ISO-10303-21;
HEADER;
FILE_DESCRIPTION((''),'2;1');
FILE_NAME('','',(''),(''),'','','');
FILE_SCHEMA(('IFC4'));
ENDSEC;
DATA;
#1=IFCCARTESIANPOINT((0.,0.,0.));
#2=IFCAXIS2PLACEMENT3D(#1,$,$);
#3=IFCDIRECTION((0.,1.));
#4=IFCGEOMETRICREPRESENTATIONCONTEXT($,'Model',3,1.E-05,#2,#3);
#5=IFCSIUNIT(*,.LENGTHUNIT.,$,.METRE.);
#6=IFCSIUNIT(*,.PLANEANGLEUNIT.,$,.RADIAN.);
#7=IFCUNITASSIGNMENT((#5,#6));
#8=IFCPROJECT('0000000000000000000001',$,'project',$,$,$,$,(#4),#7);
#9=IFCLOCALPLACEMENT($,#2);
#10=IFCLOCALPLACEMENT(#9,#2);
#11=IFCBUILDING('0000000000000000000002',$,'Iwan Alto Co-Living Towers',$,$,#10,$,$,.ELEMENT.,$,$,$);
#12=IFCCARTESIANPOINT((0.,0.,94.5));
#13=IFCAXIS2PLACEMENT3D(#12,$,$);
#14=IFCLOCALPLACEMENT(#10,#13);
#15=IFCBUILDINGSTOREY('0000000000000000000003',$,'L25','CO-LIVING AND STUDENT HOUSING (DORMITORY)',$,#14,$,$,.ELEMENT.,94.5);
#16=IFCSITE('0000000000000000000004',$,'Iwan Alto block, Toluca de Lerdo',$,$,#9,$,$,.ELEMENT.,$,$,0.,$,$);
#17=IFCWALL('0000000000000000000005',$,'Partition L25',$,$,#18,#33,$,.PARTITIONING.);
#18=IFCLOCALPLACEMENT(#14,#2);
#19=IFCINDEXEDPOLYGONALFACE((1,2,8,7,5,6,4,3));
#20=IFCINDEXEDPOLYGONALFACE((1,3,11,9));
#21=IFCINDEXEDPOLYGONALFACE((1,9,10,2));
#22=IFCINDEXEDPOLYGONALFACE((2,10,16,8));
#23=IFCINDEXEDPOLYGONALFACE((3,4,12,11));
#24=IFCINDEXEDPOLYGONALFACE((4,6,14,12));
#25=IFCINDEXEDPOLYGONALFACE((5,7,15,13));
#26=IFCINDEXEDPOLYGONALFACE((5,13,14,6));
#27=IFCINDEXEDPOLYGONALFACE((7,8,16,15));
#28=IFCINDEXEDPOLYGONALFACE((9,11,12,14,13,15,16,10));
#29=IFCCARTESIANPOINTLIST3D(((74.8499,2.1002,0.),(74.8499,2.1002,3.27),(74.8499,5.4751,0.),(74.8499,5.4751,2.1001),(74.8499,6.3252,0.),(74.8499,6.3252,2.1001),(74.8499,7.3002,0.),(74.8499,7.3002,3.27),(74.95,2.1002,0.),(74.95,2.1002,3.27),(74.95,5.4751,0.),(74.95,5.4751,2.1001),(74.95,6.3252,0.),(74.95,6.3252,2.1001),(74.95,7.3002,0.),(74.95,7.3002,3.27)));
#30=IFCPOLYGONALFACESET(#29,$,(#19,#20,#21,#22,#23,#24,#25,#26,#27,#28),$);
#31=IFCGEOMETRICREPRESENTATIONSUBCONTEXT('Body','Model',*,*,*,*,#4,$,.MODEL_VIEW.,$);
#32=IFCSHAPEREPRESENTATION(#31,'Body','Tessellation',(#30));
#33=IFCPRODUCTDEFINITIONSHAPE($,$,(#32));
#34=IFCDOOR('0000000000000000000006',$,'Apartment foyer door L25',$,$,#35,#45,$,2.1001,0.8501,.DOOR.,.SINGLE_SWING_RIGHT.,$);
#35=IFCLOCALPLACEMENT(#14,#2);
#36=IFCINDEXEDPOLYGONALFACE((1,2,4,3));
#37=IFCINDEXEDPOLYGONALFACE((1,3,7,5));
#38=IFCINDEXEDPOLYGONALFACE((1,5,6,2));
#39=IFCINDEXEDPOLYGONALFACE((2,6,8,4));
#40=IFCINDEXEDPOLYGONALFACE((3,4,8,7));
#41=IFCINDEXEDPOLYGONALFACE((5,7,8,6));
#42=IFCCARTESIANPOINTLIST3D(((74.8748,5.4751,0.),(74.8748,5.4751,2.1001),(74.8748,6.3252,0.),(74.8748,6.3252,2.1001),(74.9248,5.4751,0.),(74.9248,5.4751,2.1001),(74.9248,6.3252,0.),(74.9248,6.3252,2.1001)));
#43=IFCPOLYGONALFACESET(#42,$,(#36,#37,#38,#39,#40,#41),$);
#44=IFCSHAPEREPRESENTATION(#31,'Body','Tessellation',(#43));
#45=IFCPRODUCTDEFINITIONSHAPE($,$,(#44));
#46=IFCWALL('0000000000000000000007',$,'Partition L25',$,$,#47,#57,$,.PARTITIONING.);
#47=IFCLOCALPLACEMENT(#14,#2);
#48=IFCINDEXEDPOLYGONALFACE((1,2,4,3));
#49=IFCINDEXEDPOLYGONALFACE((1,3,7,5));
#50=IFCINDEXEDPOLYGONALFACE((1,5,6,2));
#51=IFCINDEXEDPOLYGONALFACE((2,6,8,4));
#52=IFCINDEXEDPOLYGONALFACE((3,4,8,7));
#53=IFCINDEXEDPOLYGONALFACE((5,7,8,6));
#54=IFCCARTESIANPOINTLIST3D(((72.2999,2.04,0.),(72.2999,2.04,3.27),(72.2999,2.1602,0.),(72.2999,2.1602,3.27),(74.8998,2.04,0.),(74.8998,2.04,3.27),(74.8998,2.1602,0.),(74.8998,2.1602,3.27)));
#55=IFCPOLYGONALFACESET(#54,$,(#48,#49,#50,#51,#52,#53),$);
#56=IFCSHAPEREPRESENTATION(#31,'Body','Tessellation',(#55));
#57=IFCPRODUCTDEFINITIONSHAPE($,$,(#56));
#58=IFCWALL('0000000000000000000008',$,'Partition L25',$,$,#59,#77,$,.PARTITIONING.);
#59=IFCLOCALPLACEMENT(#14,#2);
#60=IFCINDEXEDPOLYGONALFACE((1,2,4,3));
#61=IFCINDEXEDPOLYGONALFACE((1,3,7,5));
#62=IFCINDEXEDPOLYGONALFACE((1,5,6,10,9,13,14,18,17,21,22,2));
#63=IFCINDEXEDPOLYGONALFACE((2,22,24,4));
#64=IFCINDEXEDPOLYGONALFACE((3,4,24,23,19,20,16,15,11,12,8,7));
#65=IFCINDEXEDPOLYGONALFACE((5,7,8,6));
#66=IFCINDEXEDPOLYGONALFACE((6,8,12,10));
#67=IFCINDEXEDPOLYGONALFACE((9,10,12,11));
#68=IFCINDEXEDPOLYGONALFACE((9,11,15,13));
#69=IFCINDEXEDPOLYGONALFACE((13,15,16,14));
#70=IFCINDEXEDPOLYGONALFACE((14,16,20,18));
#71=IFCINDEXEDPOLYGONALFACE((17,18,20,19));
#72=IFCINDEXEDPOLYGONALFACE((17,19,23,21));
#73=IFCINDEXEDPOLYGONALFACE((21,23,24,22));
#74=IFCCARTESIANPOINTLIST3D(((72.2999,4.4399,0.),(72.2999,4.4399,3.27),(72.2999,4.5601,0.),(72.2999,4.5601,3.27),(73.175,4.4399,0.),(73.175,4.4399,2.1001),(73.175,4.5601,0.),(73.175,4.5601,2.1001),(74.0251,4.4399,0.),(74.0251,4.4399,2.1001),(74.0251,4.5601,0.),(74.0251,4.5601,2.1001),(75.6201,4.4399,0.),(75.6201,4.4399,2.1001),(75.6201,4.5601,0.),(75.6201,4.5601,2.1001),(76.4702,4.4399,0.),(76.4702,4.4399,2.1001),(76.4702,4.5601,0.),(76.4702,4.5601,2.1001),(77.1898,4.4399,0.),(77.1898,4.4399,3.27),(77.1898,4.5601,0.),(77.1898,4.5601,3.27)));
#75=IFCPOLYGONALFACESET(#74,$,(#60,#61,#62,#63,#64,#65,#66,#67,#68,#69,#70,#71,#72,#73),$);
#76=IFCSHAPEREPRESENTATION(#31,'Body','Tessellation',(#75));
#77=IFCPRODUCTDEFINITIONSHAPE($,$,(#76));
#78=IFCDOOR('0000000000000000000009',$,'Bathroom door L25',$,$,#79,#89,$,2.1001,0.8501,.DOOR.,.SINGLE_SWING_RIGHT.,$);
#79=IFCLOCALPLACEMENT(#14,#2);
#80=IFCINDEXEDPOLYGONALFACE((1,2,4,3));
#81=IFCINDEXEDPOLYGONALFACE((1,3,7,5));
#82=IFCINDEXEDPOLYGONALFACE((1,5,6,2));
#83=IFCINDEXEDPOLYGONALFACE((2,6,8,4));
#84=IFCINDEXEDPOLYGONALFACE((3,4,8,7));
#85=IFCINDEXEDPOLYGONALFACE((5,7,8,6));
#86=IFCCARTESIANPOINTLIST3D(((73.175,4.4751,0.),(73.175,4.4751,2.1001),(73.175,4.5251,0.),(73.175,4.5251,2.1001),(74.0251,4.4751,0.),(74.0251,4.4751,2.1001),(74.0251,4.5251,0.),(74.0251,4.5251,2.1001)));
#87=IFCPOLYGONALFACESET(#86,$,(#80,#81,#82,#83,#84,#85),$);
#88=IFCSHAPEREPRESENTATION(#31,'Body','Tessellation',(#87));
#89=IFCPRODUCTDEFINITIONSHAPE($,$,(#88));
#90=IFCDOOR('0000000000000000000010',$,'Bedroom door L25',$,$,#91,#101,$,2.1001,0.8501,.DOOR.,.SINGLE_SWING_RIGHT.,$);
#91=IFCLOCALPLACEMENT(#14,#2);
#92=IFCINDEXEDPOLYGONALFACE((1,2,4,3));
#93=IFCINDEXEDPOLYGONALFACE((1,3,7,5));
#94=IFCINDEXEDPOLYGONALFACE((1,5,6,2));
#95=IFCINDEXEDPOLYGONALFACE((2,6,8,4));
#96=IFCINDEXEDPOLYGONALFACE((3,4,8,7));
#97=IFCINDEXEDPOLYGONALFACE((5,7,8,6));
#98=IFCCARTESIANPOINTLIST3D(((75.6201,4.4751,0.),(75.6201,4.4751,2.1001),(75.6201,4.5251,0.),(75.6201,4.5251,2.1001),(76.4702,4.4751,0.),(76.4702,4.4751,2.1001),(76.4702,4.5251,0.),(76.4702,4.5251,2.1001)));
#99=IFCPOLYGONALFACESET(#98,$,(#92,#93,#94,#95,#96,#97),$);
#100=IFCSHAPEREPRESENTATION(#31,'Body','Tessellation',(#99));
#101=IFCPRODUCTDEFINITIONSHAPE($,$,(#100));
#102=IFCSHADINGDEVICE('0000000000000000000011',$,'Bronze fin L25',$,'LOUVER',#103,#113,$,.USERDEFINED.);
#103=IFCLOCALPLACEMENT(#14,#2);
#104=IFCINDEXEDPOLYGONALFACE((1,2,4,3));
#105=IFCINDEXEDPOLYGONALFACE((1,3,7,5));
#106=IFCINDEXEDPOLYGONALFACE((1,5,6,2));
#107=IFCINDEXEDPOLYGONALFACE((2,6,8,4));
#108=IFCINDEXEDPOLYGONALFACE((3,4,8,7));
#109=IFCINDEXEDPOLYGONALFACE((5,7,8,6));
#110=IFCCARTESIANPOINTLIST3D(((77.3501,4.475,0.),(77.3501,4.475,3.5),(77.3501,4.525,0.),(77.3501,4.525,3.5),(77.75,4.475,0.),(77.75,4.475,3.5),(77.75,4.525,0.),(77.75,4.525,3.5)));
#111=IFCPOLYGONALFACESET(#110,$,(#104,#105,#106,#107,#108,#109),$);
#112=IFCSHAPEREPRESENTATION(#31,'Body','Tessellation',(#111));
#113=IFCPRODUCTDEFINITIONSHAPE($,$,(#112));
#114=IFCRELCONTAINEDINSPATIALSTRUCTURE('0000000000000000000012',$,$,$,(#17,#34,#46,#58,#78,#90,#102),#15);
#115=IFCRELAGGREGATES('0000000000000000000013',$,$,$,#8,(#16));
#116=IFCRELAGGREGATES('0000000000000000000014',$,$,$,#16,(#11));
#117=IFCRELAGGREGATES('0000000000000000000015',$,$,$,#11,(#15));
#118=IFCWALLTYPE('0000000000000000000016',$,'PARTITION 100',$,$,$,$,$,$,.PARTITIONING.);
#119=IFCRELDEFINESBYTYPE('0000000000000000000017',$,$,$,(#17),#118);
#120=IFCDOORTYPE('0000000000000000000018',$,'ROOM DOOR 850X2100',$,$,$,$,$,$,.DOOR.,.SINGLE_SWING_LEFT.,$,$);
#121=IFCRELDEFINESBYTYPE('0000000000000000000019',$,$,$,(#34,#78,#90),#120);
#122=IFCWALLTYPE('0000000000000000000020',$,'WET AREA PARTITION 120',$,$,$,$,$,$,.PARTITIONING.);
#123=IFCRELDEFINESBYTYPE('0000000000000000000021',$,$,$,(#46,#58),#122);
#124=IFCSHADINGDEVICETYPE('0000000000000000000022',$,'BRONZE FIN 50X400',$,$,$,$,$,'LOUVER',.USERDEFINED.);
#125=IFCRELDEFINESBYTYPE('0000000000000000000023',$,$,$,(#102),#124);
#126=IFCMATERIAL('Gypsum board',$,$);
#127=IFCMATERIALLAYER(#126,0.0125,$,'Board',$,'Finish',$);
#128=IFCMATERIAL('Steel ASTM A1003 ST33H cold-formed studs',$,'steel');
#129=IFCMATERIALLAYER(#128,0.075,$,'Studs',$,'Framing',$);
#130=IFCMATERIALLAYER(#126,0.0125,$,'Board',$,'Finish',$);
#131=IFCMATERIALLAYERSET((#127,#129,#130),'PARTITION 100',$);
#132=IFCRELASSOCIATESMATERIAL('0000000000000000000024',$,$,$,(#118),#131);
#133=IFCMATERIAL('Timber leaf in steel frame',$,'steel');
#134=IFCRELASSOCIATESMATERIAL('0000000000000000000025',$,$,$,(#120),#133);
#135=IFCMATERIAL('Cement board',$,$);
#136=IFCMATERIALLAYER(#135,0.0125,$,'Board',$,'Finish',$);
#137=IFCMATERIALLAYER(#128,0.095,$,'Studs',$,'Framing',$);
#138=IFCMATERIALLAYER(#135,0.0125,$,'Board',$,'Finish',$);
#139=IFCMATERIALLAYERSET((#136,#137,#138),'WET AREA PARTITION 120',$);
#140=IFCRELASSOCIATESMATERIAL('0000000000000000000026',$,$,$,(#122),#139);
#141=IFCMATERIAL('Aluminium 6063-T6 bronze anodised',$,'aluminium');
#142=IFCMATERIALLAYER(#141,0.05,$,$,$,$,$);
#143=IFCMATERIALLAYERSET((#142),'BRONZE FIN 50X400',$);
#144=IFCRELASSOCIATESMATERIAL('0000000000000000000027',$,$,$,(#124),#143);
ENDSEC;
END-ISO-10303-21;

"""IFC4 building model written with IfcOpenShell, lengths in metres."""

from ifc_helpers import new_model, si_unit, direction, frame, frame_2d, origin, origin_2d, place, context, subcontext, project, spatial, rectangle, extrude, material, layer, layer_set, type_object, element, fill, save


model = new_model("IFC4")

# Units and contexts
model_context = context("Model", 3, precision=1e-05, world=origin(), true_north=direction((0.0, 1.0)))
body_context = subcontext(model_context, "Body", "Model", "MODEL_VIEW")
ifc_project = project(units=[si_unit("LENGTHUNIT", "METRE"), si_unit("PLANEANGLEUNIT", "RADIAN")], contexts=[model_context])

# Site, building, storey
site_placement = place(None, origin())
site = spatial("IfcSite", under=ifc_project, at=site_placement, Name="Iwan Alto block, Toluca de Lerdo", CompositionType="ELEMENT", RefElevation=0.0)
building_placement = place(site_placement, origin())
building = spatial("IfcBuilding", under=site, at=building_placement, Name="Iwan Alto Co-Living Towers", CompositionType="ELEMENT")
storey_placement = place(building_placement, frame((0.0, 0.0, 94.5)))
storey = spatial("IfcBuildingStorey", under=building, at=storey_placement, Name="L25", Description="CO-LIVING AND STUDENT HOUSING (DORMITORY)", CompositionType="ELEMENT", Elevation=94.5)

# Shared definitions
ifc_material_1 = material(Name="Gypsum board")
ifc_layer_1 = layer(ifc_material_1, 0.0125, Name="Board", Category="Finish")
ifc_material_2 = material(Name="Steel ASTM A1003 ST33H cold-formed studs", Category="steel")
ifc_layer_2 = layer(ifc_material_2, 0.075, Name="Studs", Category="Framing")
ifc_layer_3 = layer(ifc_material_1, 0.0125, Name="Board", Category="Finish")
ifc_layer_set_1 = layer_set([ifc_layer_1, ifc_layer_2, ifc_layer_3], Name="PARTITION 100")
wall_type_1 = type_object("IfcWallType", Name="PARTITION 100", PredefinedType="PARTITIONING", material=ifc_layer_set_1)

# Wall, opening, door
ifc_material_3 = material(Name="Timber leaf in steel frame", Category="steel")
door_type = type_object("IfcDoorType", Name="ROOM DOOR 850X2100", OperationType="SINGLE_SWING_LEFT", PredefinedType="DOOR", material=ifc_material_3)
wall_1_placement = place(storey_placement, frame((74.8999, 2.1001, 0.0), z_axis=(0.0, 0.0, 1.0), x_axis=(0.0, 1.0, 0.0)))
wall_1 = element("IfcWall", 1, at=wall_1_placement, inside=storey, type_object=wall_type_1, Name="Partition L25", PredefinedType="PARTITIONING", context=body_context, shape_type="SweptSolid", body=[
    extrude(rectangle(XDim=5.2, YDim=0.1001, at=frame_2d((2.6001, 0.0))), origin(), (0.0, 0.0, 1.0), 3.27),
])
opening_1_placement = place(wall_1_placement, frame((3.375, 0.0, 0.0)))
opening_1 = element("IfcOpeningElement", 2, at=opening_1_placement, cuts=wall_1, PredefinedType="OPENING", context=body_context, shape_type="SweptSolid", body=[
    extrude(rectangle(XDim=0.8501, YDim=2.1001, at=frame_2d((0.425, 1.05))), frame((0.0, 0.0601, 0.0), z_axis=(0.0, -1.0, 0.0), x_axis=(1.0, 0.0, 0.0)), (0.0, 0.0, 1.0), 0.1201),
])
door_1_placement = place(opening_1_placement, frame((0.8501, 0.0, 0.0), z_axis=(0.0, 0.0, 1.0), x_axis=(-1.0, 0.0, 0.0)))
door_1 = element("IfcDoor", 3, at=door_1_placement, inside=storey, type_object=door_type, Name="Apartment foyer door L25", OperationType="SINGLE_SWING_RIGHT", OverallHeight=2.1001, OverallWidth=0.8501, PredefinedType="DOOR", context=body_context, shape_type="SweptSolid", body=[
    extrude(rectangle(XDim=0.8501, YDim=2.1001, at=frame_2d((0.425, 1.05))), frame((0.0, 0.0249, 0.0), z_axis=(0.0, -1.0, 0.0), x_axis=(1.0, 0.0, 0.0)), (0.0, 0.0, 1.0), 0.05),
])
fill(opening_1, door_1)

# Wall
ifc_material_4 = material(Name="Cement board")
ifc_layer_4 = layer(ifc_material_4, 0.0125, Name="Board", Category="Finish")
ifc_layer_5 = layer(ifc_material_2, 0.095, Name="Studs", Category="Framing")
ifc_layer_6 = layer(ifc_material_4, 0.0125, Name="Board", Category="Finish")
ifc_layer_set_2 = layer_set([ifc_layer_4, ifc_layer_5, ifc_layer_6], Name="WET AREA PARTITION 120")
wall_type_2 = type_object("IfcWallType", Name="WET AREA PARTITION 120", PredefinedType="PARTITIONING", material=ifc_layer_set_2)
wall_2_placement = place(storey_placement, frame((72.3, 2.1001, 0.0), z_axis=(0.0, 0.0, 1.0), x_axis=(1.0, 0.0, 0.0)))
element("IfcWall", 4, at=wall_2_placement, inside=storey, type_object=wall_type_2, Name="Partition L25", PredefinedType="PARTITIONING", context=body_context, shape_type="SweptSolid", body=[
    extrude(rectangle(XDim=2.5999, YDim=0.1201, at=frame_2d((1.2998, 0.0))), origin(), (0.0, 0.0, 1.0), 3.27),
])

# Wall, openings, doors
wall_3_placement = place(storey_placement, frame((72.3, 4.5, 0.0), z_axis=(0.0, 0.0, 1.0), x_axis=(1.0, 0.0, 0.0)))
wall_3 = element("IfcWall", 5, at=wall_3_placement, inside=storey, type_object=wall_type_2, Name="Partition L25", PredefinedType="PARTITIONING", context=body_context, shape_type="SweptSolid", body=[
    extrude(rectangle(XDim=4.8899, YDim=0.1201, at=frame_2d((2.4448, 0.0))), origin(), (0.0, 0.0, 1.0), 3.27),
])
opening_2_placement = place(wall_3_placement, frame((0.875, 0.0, 0.0)))
opening_2 = element("IfcOpeningElement", 6, at=opening_2_placement, cuts=wall_3, PredefinedType="OPENING", context=body_context, shape_type="SweptSolid", body=[
    extrude(rectangle(XDim=0.8501, YDim=2.1001, at=frame_2d((0.425, 1.05))), frame((0.0, 0.0701, 0.0), z_axis=(0.0, -1.0, 0.0), x_axis=(1.0, 0.0, 0.0)), (0.0, 0.0, 1.0), 0.1401),
])
opening_3_placement = place(wall_3_placement, frame((3.3201, 0.0, 0.0)))
opening_3 = element("IfcOpeningElement", 7, at=opening_3_placement, cuts=wall_3, PredefinedType="OPENING", context=body_context, shape_type="SweptSolid", body=[
    extrude(rectangle(XDim=0.8501, YDim=2.1001, at=frame_2d((0.425, 1.05))), frame((0.0, 0.0701, 0.0), z_axis=(0.0, -1.0, 0.0), x_axis=(1.0, 0.0, 0.0)), (0.0, 0.0, 1.0), 0.1401),
])
door_2_placement = place(opening_2_placement, frame((0.8501, 0.0, 0.0), z_axis=(0.0, 0.0, 1.0), x_axis=(-1.0, 0.0, 0.0)))
door_2 = element("IfcDoor", 8, at=door_2_placement, inside=storey, type_object=door_type, Name="Bathroom door L25", OperationType="SINGLE_SWING_RIGHT", OverallHeight=2.1001, OverallWidth=0.8501, PredefinedType="DOOR", context=body_context, shape_type="SweptSolid", body=[
    extrude(rectangle(XDim=0.8501, YDim=2.1001, at=frame_2d((0.425, 1.05))), frame((0.0, 0.0249, 0.0), z_axis=(0.0, -1.0, 0.0), x_axis=(1.0, 0.0, 0.0)), (0.0, 0.0, 1.0), 0.05),
])
fill(opening_2, door_2)
door_3_placement = place(opening_3_placement, frame((0.8501, 0.0, 0.0), z_axis=(0.0, 0.0, 1.0), x_axis=(-1.0, 0.0, 0.0)))
door_3 = element("IfcDoor", 9, at=door_3_placement, inside=storey, type_object=door_type, Name="Bedroom door L25", OperationType="SINGLE_SWING_RIGHT", OverallHeight=2.1001, OverallWidth=0.8501, PredefinedType="DOOR", context=body_context, shape_type="SweptSolid", body=[
    extrude(rectangle(XDim=0.8501, YDim=2.1001, at=frame_2d((0.425, 1.05))), frame((0.0, 0.0249, 0.0), z_axis=(0.0, -1.0, 0.0), x_axis=(1.0, 0.0, 0.0)), (0.0, 0.0, 1.0), 0.05),
])
fill(opening_3, door_3)

# Shading device
ifc_material_5 = material(Name="Aluminium 6063-T6 bronze anodised", Category="aluminium")
ifc_layer_7 = layer(ifc_material_5, 0.05)
ifc_layer_set_3 = layer_set([ifc_layer_7], Name="BRONZE FIN 50X400")
shading_device_type = type_object("IfcShadingDeviceType", Name="BRONZE FIN 50X400", ElementType="LOUVER", PredefinedType="USERDEFINED", material=ifc_layer_set_3)
shading_device_placement = place(storey_placement, frame((77.55, 4.5, 0.0), z_axis=(0.0, 0.0, 1.0), x_axis=(0.0, 1.0, 0.0)))
element("IfcShadingDevice", 10, at=shading_device_placement, inside=storey, type_object=shading_device_type, Name="Bronze fin L25", ObjectType="LOUVER", PredefinedType="USERDEFINED", context=body_context, shape_type="SweptSolid", body=[
    extrude(rectangle(XDim=0.05, YDim=0.3999, at=origin_2d()), origin(), (0.0, 0.0, 1.0), 3.5),
])

save(model, "model.ifc")
